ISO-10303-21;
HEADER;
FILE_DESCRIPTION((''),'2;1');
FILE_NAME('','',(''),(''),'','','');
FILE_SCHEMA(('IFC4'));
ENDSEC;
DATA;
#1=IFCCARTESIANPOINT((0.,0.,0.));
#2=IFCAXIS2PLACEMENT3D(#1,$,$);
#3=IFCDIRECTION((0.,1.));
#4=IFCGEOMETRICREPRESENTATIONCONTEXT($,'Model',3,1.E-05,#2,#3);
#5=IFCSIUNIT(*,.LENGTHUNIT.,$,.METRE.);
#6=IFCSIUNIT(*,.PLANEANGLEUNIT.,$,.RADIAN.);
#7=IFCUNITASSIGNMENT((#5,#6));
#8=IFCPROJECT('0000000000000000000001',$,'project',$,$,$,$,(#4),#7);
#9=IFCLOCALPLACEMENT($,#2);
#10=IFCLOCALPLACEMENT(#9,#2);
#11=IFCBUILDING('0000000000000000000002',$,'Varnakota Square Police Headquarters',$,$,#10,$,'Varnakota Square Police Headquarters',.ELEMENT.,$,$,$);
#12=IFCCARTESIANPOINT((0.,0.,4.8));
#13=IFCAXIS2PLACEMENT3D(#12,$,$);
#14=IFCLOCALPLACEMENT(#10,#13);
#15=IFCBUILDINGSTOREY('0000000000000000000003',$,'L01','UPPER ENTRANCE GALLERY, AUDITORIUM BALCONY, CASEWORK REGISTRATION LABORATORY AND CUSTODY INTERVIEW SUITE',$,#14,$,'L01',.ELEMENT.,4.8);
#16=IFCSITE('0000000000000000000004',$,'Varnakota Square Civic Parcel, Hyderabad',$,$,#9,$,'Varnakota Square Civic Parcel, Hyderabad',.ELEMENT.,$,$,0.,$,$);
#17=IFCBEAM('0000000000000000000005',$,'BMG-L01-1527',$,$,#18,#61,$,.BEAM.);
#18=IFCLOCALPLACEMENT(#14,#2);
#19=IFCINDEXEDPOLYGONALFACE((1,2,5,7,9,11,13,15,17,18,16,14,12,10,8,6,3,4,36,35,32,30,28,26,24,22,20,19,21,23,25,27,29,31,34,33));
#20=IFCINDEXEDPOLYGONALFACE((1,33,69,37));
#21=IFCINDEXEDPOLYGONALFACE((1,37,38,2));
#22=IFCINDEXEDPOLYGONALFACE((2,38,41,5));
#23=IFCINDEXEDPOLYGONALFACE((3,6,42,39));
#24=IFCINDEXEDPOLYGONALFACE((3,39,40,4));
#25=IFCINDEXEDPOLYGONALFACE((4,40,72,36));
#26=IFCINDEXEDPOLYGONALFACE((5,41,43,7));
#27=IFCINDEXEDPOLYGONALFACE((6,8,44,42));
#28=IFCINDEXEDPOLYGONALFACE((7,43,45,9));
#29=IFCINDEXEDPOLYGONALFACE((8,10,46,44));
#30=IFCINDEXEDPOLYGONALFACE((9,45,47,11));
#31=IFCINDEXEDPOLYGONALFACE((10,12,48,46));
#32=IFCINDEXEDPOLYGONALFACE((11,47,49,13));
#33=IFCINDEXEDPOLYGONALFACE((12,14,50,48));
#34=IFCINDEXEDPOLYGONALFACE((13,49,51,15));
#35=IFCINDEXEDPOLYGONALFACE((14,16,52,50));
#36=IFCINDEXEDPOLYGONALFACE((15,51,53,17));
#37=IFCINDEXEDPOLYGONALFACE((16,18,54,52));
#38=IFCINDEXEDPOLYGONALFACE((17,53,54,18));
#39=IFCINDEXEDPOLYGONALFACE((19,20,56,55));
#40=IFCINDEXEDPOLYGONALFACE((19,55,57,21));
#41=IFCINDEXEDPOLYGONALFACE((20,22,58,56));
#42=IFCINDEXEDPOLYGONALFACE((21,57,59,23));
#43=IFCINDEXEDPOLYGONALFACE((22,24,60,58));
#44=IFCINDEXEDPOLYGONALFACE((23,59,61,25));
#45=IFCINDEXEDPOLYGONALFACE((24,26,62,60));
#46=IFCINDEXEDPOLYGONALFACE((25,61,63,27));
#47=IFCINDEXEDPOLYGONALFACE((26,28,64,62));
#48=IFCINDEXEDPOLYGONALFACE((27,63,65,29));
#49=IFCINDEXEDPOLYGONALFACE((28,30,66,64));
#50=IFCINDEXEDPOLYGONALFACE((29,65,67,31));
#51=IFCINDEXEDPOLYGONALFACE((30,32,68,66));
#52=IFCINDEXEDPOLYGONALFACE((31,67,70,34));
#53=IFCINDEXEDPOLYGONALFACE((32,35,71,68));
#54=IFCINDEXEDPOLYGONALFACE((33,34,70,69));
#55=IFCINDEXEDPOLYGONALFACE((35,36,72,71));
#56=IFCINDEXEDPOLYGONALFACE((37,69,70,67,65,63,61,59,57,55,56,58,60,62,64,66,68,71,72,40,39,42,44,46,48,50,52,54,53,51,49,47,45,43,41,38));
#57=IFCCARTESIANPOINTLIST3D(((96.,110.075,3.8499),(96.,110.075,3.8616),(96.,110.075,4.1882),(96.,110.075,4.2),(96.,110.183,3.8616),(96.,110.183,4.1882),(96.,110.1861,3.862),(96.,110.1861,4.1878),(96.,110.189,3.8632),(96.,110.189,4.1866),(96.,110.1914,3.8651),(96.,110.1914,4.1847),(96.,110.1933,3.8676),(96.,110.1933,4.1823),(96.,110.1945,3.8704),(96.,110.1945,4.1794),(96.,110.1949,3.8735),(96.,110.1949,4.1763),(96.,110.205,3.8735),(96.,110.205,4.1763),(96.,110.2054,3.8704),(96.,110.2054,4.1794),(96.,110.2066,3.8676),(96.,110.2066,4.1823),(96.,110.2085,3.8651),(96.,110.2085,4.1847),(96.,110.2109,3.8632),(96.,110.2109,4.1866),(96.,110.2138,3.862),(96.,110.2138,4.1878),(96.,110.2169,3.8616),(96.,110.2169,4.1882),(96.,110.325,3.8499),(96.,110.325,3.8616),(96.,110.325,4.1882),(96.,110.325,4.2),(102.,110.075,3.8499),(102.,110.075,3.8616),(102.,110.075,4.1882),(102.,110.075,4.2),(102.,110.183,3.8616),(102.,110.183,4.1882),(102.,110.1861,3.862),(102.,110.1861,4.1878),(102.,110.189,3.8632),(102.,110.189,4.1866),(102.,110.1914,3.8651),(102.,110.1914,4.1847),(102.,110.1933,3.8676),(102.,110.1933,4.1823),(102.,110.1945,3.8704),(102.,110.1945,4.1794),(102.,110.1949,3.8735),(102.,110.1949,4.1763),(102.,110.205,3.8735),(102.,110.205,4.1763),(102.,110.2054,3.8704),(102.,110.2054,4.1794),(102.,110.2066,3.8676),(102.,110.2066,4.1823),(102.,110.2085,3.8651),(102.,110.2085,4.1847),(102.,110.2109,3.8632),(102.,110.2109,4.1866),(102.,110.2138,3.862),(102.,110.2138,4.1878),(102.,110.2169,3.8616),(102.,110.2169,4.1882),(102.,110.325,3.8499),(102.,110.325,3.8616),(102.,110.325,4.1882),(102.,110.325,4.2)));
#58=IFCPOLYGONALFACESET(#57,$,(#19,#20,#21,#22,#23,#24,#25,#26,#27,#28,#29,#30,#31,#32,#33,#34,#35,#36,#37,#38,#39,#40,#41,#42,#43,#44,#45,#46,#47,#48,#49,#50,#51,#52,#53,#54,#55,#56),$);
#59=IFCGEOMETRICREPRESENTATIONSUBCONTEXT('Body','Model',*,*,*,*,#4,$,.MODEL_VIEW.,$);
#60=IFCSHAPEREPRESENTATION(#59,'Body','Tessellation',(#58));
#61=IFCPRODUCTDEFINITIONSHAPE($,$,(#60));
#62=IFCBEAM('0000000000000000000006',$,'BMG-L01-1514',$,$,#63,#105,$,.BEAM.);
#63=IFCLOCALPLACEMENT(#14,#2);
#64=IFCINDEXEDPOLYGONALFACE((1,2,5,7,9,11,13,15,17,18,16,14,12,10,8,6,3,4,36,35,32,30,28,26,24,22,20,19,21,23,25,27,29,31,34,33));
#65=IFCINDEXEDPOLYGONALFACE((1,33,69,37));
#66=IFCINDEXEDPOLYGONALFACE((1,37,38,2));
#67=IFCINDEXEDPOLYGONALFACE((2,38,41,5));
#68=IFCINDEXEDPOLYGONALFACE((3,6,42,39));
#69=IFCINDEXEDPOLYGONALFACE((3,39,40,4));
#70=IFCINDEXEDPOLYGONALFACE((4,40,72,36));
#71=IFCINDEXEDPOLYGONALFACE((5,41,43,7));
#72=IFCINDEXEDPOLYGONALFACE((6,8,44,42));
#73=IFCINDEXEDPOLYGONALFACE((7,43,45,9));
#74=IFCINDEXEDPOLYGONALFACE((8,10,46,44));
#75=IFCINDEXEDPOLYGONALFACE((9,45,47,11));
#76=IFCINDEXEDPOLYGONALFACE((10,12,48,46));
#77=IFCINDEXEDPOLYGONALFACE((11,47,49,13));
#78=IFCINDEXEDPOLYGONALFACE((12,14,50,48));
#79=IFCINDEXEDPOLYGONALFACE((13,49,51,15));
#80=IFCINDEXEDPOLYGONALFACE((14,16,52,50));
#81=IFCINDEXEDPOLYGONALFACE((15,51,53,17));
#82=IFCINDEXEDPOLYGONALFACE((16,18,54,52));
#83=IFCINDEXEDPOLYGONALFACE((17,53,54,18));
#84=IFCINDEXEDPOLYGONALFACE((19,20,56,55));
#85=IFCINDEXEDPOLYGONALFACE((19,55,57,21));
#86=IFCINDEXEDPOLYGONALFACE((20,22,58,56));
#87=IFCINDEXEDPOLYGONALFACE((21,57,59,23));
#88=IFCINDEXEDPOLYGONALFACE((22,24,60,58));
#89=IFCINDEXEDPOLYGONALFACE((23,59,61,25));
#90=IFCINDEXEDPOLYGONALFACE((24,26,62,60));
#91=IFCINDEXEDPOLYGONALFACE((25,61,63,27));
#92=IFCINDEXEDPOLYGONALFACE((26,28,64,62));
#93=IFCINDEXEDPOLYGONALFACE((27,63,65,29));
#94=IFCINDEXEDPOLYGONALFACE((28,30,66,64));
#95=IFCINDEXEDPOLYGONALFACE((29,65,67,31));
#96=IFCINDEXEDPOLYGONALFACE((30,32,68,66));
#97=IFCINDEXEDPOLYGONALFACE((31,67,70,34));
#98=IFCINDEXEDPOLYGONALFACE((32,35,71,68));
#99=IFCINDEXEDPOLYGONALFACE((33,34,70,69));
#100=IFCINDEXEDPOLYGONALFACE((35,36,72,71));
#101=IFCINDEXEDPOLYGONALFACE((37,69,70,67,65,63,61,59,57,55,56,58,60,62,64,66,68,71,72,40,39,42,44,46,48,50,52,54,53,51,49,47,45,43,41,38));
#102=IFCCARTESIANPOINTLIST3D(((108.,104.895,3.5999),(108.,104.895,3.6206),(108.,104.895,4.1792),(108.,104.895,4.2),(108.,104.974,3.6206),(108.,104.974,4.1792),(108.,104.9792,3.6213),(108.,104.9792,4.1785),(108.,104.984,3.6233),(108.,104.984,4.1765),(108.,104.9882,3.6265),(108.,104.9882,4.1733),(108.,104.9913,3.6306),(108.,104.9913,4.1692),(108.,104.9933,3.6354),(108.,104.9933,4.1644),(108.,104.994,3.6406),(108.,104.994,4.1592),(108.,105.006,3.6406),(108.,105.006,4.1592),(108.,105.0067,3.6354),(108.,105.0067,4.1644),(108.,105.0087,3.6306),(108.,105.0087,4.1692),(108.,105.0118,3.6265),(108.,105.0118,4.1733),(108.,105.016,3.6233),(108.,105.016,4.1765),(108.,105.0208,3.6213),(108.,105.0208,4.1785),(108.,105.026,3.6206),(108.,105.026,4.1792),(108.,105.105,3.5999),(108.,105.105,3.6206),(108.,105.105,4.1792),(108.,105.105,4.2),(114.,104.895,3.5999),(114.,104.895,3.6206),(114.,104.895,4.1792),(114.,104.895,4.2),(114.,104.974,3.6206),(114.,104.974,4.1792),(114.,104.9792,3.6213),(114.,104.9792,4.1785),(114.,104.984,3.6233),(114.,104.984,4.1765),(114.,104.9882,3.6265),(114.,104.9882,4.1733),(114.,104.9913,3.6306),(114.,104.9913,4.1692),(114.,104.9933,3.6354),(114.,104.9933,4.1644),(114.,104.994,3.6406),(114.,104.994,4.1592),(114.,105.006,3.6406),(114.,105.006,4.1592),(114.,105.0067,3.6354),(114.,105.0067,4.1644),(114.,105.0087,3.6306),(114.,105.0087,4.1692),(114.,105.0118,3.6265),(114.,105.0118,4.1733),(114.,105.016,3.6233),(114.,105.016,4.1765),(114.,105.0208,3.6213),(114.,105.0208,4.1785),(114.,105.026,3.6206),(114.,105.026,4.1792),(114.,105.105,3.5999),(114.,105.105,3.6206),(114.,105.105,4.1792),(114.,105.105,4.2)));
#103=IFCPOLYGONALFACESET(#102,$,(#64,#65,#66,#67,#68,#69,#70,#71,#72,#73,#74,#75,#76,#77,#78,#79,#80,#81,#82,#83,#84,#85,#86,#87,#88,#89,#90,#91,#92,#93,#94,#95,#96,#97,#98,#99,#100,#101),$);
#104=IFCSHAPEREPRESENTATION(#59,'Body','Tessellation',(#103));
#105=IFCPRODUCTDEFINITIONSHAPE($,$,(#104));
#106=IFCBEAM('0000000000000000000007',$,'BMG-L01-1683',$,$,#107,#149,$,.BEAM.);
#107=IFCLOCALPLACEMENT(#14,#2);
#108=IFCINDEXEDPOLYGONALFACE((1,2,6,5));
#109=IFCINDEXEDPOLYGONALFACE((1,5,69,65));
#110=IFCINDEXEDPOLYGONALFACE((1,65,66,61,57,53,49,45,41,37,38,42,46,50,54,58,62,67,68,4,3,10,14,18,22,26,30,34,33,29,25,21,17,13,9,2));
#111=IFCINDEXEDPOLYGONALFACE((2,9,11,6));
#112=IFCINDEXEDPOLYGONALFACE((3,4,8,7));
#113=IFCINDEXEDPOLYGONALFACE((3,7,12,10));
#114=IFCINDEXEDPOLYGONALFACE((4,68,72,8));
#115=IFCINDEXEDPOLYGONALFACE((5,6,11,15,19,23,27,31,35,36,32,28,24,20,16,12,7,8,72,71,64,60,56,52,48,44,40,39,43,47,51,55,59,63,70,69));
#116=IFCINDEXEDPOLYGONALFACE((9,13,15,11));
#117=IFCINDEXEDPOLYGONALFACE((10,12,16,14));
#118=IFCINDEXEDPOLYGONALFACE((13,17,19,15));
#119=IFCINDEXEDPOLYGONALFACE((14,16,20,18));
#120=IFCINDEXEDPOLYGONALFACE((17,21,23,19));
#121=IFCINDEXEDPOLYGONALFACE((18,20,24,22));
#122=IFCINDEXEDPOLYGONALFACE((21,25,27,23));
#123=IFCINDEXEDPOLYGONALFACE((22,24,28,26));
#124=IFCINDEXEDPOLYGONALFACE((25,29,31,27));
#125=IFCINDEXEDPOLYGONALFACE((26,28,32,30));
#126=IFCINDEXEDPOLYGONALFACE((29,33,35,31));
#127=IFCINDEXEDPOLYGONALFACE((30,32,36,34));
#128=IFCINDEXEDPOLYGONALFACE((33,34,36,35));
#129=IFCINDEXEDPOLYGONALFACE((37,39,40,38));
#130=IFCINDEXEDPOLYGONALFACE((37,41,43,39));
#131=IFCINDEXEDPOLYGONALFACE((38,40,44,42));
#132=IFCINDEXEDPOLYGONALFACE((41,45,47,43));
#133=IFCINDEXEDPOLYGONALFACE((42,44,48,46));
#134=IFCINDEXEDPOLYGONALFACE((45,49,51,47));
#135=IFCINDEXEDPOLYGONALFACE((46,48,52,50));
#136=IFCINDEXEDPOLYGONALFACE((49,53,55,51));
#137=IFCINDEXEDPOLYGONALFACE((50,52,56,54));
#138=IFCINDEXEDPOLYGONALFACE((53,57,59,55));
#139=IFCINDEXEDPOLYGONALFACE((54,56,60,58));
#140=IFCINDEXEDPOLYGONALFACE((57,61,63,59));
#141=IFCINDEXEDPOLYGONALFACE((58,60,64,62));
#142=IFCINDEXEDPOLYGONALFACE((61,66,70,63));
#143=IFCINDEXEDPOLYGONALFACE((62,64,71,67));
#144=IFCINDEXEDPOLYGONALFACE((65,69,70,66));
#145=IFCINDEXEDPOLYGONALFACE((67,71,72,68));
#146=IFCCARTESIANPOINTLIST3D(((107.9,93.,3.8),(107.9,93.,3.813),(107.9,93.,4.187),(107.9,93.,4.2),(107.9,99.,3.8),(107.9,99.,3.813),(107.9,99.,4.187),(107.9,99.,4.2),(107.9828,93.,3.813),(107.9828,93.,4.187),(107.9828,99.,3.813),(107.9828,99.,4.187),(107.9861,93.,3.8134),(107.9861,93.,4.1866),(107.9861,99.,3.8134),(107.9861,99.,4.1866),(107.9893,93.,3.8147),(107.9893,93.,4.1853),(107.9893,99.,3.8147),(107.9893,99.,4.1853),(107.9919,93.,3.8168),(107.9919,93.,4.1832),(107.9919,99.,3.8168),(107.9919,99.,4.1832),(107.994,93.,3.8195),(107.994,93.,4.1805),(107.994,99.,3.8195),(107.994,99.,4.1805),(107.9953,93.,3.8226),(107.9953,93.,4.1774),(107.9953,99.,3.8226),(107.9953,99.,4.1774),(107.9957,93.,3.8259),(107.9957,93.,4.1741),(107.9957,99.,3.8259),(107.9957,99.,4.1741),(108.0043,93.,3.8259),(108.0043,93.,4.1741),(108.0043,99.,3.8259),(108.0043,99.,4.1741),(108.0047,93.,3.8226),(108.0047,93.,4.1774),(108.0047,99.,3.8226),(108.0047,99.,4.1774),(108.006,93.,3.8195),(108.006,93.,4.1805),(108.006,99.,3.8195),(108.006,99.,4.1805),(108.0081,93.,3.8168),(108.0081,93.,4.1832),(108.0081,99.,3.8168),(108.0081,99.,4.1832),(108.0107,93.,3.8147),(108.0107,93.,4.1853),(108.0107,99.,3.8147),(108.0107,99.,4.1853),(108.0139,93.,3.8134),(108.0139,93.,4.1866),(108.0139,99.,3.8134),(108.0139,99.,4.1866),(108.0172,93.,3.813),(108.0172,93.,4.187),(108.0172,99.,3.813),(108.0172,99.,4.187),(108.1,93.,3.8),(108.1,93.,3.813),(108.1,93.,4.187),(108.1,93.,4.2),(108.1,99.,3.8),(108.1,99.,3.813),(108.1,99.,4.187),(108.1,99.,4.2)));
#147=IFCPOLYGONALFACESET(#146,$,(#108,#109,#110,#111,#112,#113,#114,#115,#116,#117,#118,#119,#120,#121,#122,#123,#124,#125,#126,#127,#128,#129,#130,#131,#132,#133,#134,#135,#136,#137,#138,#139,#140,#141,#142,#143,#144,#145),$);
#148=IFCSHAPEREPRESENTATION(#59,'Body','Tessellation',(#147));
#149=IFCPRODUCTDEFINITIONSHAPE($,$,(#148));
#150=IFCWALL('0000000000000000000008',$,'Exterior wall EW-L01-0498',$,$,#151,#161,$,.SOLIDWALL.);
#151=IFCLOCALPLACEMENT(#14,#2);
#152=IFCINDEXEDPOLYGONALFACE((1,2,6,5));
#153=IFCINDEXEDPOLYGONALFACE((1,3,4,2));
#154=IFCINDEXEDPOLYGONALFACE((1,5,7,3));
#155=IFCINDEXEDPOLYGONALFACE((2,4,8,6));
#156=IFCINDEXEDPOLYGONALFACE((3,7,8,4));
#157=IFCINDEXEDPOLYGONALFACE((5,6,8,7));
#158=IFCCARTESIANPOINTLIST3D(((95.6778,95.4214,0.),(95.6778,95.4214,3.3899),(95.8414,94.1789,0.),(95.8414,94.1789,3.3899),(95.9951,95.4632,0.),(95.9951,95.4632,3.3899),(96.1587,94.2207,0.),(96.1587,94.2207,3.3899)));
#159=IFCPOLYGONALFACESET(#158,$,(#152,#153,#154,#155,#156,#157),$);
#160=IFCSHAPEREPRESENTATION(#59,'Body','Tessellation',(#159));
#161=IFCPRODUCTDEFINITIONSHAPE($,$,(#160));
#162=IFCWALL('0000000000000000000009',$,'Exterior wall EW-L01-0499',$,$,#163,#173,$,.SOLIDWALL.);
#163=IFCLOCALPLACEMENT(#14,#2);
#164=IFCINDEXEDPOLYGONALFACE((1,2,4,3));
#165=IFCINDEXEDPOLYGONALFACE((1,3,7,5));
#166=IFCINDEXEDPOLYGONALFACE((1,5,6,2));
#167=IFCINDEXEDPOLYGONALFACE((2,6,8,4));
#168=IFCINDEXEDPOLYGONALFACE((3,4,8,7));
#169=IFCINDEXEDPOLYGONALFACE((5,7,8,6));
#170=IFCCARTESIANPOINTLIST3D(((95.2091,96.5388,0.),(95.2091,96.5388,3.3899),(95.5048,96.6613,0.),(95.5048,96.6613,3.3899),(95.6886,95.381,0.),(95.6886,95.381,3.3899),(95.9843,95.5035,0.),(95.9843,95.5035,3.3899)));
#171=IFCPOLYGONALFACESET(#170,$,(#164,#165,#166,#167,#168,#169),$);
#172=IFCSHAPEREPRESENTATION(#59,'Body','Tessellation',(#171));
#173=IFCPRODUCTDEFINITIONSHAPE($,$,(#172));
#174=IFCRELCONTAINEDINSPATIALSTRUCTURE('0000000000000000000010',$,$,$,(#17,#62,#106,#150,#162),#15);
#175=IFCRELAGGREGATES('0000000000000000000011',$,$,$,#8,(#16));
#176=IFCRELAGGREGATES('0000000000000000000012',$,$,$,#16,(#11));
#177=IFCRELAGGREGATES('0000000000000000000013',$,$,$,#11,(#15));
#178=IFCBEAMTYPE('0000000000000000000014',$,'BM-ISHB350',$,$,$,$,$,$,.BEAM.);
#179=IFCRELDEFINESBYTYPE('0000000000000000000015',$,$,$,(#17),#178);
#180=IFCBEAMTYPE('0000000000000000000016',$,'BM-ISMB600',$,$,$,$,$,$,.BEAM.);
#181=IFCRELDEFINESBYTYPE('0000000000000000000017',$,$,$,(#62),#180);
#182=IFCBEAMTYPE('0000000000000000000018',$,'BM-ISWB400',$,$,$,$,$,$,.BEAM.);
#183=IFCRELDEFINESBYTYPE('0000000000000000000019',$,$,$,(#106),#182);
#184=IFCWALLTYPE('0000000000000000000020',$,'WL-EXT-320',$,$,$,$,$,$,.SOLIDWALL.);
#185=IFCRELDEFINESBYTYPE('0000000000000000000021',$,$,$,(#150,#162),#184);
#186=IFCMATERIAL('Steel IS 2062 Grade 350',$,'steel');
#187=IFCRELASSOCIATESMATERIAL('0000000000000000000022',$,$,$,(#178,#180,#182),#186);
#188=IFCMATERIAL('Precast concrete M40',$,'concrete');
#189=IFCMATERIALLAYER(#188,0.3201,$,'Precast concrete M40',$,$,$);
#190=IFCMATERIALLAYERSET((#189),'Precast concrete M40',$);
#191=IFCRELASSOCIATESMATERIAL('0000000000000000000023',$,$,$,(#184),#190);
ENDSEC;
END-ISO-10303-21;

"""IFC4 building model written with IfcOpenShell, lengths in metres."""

from ifc_helpers import new_model, si_unit, direction, frame, frame_2d, origin, origin_2d, place, context, subcontext, project, spatial, rectangle, i_section, extrude, material, layer, layer_set, material_profile, profile_set, type_object, element, save


model = new_model("IFC4")

# Units and contexts
model_context = context("Model", 3, precision=1e-05, world=origin(), true_north=direction((0.0, 1.0)))
body_context = subcontext(model_context, "Body", "Model", "MODEL_VIEW")
ifc_project = project(units=[si_unit("LENGTHUNIT", "METRE"), si_unit("PLANEANGLEUNIT", "RADIAN")], contexts=[model_context])

# Site, building, storey
site_placement = place(None, origin())
site = spatial("IfcSite", under=ifc_project, at=site_placement, Name="Varnakota Square Civic Parcel, Hyderabad", LongName="Varnakota Square Civic Parcel, Hyderabad", CompositionType="ELEMENT", RefElevation=0.0)
building_placement = place(site_placement, origin())
building = spatial("IfcBuilding", under=site, at=building_placement, Name="Varnakota Square Police Headquarters", LongName="Varnakota Square Police Headquarters", CompositionType="ELEMENT")
storey_placement = place(building_placement, frame((0.0, 0.0, 4.8)))
storey = spatial("IfcBuildingStorey", under=building, at=storey_placement, Name="L01", Description="UPPER ENTRANCE GALLERY, AUDITORIUM BALCONY, CASEWORK REGISTRATION LABORATORY AND CUSTODY INTERVIEW SUITE", LongName="L01", CompositionType="ELEMENT", Elevation=4.8)

# Shared definitions
ifc_material_1 = material(Name="Steel IS 2062 Grade 350", Category="steel")

# Beams
ifc_material_profile_1 = material_profile(ifc_material_1, i_section(OverallWidth=0.25, OverallDepth=0.3501, WebThickness=0.01, FlangeThickness=0.0117, FilletRadius=0.012, at=origin_2d()), Name="ISHB 350")
ifc_profile_set_1 = profile_set([ifc_material_profile_1], Name="Steel IS 2062 Grade 350")
beam_type_1 = type_object("IfcBeamType", Name="BM-ISHB350", PredefinedType="BEAM", material=ifc_profile_set_1)
beam_1_placement = place(storey_placement, frame((96.0, 110.2, 4.0249), z_axis=(1.0, 0.0, 0.0), x_axis=(0.0, 1.0, 0.0)))
element("IfcBeam", 1, at=beam_1_placement, inside=storey, type_object=beam_type_1, Name="BMG-L01-1527", PredefinedType="BEAM", context=body_context, shape_type="SweptSolid", body=[
    extrude(i_section(OverallWidth=0.25, OverallDepth=0.3501, WebThickness=0.01, FlangeThickness=0.0117, FilletRadius=0.012, at=origin_2d()), origin(), (0.0, 0.0, 1.0), 6.0),
])
ifc_material_profile_2 = material_profile(ifc_material_1, i_section(OverallWidth=0.21, OverallDepth=0.6001, WebThickness=0.012, FlangeThickness=0.0208, FilletRadius=0.02, at=origin_2d()), Name="ISMB 600")
ifc_profile_set_2 = profile_set([ifc_material_profile_2], Name="Steel IS 2062 Grade 350")
beam_type_2 = type_object("IfcBeamType", Name="BM-ISMB600", PredefinedType="BEAM", material=ifc_profile_set_2)
beam_2_placement = place(storey_placement, frame((108.0, 105.0, 3.8999), z_axis=(1.0, 0.0, 0.0), x_axis=(0.0, 1.0, 0.0)))
element("IfcBeam", 2, at=beam_2_placement, inside=storey, type_object=beam_type_2, Name="BMG-L01-1514", PredefinedType="BEAM", context=body_context, shape_type="SweptSolid", body=[
    extrude(i_section(OverallWidth=0.21, OverallDepth=0.6001, WebThickness=0.012, FlangeThickness=0.0208, FilletRadius=0.02, at=origin_2d()), origin(), (0.0, 0.0, 1.0), 6.0),
])
ifc_material_profile_3 = material_profile(ifc_material_1, i_section(OverallWidth=0.2, OverallDepth=0.3999, WebThickness=0.0085, FlangeThickness=0.0129, FilletRadius=0.0129, at=origin_2d()), Name="ISWB 400")
ifc_profile_set_3 = profile_set([ifc_material_profile_3], Name="Steel IS 2062 Grade 350")
beam_type_3 = type_object("IfcBeamType", Name="BM-ISWB400", PredefinedType="BEAM", material=ifc_profile_set_3)
beam_3_placement = place(storey_placement, frame((108.0, 93.0, 4.0), z_axis=(0.0, 1.0, 0.0), x_axis=(-1.0, 0.0, 0.0)))
element("IfcBeam", 3, at=beam_3_placement, inside=storey, type_object=beam_type_3, Name="BMG-L01-1683", PredefinedType="BEAM", context=body_context, shape_type="SweptSolid", body=[
    extrude(i_section(OverallWidth=0.2, OverallDepth=0.3999, WebThickness=0.0085, FlangeThickness=0.0129, FilletRadius=0.0129, at=origin_2d()), origin(), (0.0, 0.0, 1.0), 6.0),
])

# Walls
ifc_material_2 = material(Name="Precast concrete M40", Category="concrete")
ifc_layer_1 = layer(ifc_material_2, 0.3201, Name="Precast concrete M40")
ifc_layer_set_1 = layer_set([ifc_layer_1], Name="Precast concrete M40")
wall_type_1 = type_object("IfcWallType", Name="WL-EXT-320", PredefinedType="SOLIDWALL", material=ifc_layer_set_1)
for number, where, z_axis, x_axis, name in (
    (4, (96.0, 94.2, 0.0), (0.0, 0.0, 1.0), (-0.13053, 0.991444, 0.0), "Exterior wall EW-L01-0498"),
    (5, (95.8364, 95.4424, 0.0), (0.0, 0.0, 1.0), (-0.38265, 0.923893, 0.0), "Exterior wall EW-L01-0499"),
):
    element("IfcWall", number, at=place(storey_placement, frame(where, z_axis=z_axis, x_axis=x_axis)), inside=storey, type_object=wall_type_1, Name=name, PredefinedType="SOLIDWALL", context=body_context, shape_type="SweptSolid", body=[
        extrude(rectangle(XDim=1.2532, YDim=0.3201, at=frame_2d((0.6265, 0.0))), origin(), (0.0, 0.0, 1.0), 3.3899),
    ])

save(model, "model.ifc")
